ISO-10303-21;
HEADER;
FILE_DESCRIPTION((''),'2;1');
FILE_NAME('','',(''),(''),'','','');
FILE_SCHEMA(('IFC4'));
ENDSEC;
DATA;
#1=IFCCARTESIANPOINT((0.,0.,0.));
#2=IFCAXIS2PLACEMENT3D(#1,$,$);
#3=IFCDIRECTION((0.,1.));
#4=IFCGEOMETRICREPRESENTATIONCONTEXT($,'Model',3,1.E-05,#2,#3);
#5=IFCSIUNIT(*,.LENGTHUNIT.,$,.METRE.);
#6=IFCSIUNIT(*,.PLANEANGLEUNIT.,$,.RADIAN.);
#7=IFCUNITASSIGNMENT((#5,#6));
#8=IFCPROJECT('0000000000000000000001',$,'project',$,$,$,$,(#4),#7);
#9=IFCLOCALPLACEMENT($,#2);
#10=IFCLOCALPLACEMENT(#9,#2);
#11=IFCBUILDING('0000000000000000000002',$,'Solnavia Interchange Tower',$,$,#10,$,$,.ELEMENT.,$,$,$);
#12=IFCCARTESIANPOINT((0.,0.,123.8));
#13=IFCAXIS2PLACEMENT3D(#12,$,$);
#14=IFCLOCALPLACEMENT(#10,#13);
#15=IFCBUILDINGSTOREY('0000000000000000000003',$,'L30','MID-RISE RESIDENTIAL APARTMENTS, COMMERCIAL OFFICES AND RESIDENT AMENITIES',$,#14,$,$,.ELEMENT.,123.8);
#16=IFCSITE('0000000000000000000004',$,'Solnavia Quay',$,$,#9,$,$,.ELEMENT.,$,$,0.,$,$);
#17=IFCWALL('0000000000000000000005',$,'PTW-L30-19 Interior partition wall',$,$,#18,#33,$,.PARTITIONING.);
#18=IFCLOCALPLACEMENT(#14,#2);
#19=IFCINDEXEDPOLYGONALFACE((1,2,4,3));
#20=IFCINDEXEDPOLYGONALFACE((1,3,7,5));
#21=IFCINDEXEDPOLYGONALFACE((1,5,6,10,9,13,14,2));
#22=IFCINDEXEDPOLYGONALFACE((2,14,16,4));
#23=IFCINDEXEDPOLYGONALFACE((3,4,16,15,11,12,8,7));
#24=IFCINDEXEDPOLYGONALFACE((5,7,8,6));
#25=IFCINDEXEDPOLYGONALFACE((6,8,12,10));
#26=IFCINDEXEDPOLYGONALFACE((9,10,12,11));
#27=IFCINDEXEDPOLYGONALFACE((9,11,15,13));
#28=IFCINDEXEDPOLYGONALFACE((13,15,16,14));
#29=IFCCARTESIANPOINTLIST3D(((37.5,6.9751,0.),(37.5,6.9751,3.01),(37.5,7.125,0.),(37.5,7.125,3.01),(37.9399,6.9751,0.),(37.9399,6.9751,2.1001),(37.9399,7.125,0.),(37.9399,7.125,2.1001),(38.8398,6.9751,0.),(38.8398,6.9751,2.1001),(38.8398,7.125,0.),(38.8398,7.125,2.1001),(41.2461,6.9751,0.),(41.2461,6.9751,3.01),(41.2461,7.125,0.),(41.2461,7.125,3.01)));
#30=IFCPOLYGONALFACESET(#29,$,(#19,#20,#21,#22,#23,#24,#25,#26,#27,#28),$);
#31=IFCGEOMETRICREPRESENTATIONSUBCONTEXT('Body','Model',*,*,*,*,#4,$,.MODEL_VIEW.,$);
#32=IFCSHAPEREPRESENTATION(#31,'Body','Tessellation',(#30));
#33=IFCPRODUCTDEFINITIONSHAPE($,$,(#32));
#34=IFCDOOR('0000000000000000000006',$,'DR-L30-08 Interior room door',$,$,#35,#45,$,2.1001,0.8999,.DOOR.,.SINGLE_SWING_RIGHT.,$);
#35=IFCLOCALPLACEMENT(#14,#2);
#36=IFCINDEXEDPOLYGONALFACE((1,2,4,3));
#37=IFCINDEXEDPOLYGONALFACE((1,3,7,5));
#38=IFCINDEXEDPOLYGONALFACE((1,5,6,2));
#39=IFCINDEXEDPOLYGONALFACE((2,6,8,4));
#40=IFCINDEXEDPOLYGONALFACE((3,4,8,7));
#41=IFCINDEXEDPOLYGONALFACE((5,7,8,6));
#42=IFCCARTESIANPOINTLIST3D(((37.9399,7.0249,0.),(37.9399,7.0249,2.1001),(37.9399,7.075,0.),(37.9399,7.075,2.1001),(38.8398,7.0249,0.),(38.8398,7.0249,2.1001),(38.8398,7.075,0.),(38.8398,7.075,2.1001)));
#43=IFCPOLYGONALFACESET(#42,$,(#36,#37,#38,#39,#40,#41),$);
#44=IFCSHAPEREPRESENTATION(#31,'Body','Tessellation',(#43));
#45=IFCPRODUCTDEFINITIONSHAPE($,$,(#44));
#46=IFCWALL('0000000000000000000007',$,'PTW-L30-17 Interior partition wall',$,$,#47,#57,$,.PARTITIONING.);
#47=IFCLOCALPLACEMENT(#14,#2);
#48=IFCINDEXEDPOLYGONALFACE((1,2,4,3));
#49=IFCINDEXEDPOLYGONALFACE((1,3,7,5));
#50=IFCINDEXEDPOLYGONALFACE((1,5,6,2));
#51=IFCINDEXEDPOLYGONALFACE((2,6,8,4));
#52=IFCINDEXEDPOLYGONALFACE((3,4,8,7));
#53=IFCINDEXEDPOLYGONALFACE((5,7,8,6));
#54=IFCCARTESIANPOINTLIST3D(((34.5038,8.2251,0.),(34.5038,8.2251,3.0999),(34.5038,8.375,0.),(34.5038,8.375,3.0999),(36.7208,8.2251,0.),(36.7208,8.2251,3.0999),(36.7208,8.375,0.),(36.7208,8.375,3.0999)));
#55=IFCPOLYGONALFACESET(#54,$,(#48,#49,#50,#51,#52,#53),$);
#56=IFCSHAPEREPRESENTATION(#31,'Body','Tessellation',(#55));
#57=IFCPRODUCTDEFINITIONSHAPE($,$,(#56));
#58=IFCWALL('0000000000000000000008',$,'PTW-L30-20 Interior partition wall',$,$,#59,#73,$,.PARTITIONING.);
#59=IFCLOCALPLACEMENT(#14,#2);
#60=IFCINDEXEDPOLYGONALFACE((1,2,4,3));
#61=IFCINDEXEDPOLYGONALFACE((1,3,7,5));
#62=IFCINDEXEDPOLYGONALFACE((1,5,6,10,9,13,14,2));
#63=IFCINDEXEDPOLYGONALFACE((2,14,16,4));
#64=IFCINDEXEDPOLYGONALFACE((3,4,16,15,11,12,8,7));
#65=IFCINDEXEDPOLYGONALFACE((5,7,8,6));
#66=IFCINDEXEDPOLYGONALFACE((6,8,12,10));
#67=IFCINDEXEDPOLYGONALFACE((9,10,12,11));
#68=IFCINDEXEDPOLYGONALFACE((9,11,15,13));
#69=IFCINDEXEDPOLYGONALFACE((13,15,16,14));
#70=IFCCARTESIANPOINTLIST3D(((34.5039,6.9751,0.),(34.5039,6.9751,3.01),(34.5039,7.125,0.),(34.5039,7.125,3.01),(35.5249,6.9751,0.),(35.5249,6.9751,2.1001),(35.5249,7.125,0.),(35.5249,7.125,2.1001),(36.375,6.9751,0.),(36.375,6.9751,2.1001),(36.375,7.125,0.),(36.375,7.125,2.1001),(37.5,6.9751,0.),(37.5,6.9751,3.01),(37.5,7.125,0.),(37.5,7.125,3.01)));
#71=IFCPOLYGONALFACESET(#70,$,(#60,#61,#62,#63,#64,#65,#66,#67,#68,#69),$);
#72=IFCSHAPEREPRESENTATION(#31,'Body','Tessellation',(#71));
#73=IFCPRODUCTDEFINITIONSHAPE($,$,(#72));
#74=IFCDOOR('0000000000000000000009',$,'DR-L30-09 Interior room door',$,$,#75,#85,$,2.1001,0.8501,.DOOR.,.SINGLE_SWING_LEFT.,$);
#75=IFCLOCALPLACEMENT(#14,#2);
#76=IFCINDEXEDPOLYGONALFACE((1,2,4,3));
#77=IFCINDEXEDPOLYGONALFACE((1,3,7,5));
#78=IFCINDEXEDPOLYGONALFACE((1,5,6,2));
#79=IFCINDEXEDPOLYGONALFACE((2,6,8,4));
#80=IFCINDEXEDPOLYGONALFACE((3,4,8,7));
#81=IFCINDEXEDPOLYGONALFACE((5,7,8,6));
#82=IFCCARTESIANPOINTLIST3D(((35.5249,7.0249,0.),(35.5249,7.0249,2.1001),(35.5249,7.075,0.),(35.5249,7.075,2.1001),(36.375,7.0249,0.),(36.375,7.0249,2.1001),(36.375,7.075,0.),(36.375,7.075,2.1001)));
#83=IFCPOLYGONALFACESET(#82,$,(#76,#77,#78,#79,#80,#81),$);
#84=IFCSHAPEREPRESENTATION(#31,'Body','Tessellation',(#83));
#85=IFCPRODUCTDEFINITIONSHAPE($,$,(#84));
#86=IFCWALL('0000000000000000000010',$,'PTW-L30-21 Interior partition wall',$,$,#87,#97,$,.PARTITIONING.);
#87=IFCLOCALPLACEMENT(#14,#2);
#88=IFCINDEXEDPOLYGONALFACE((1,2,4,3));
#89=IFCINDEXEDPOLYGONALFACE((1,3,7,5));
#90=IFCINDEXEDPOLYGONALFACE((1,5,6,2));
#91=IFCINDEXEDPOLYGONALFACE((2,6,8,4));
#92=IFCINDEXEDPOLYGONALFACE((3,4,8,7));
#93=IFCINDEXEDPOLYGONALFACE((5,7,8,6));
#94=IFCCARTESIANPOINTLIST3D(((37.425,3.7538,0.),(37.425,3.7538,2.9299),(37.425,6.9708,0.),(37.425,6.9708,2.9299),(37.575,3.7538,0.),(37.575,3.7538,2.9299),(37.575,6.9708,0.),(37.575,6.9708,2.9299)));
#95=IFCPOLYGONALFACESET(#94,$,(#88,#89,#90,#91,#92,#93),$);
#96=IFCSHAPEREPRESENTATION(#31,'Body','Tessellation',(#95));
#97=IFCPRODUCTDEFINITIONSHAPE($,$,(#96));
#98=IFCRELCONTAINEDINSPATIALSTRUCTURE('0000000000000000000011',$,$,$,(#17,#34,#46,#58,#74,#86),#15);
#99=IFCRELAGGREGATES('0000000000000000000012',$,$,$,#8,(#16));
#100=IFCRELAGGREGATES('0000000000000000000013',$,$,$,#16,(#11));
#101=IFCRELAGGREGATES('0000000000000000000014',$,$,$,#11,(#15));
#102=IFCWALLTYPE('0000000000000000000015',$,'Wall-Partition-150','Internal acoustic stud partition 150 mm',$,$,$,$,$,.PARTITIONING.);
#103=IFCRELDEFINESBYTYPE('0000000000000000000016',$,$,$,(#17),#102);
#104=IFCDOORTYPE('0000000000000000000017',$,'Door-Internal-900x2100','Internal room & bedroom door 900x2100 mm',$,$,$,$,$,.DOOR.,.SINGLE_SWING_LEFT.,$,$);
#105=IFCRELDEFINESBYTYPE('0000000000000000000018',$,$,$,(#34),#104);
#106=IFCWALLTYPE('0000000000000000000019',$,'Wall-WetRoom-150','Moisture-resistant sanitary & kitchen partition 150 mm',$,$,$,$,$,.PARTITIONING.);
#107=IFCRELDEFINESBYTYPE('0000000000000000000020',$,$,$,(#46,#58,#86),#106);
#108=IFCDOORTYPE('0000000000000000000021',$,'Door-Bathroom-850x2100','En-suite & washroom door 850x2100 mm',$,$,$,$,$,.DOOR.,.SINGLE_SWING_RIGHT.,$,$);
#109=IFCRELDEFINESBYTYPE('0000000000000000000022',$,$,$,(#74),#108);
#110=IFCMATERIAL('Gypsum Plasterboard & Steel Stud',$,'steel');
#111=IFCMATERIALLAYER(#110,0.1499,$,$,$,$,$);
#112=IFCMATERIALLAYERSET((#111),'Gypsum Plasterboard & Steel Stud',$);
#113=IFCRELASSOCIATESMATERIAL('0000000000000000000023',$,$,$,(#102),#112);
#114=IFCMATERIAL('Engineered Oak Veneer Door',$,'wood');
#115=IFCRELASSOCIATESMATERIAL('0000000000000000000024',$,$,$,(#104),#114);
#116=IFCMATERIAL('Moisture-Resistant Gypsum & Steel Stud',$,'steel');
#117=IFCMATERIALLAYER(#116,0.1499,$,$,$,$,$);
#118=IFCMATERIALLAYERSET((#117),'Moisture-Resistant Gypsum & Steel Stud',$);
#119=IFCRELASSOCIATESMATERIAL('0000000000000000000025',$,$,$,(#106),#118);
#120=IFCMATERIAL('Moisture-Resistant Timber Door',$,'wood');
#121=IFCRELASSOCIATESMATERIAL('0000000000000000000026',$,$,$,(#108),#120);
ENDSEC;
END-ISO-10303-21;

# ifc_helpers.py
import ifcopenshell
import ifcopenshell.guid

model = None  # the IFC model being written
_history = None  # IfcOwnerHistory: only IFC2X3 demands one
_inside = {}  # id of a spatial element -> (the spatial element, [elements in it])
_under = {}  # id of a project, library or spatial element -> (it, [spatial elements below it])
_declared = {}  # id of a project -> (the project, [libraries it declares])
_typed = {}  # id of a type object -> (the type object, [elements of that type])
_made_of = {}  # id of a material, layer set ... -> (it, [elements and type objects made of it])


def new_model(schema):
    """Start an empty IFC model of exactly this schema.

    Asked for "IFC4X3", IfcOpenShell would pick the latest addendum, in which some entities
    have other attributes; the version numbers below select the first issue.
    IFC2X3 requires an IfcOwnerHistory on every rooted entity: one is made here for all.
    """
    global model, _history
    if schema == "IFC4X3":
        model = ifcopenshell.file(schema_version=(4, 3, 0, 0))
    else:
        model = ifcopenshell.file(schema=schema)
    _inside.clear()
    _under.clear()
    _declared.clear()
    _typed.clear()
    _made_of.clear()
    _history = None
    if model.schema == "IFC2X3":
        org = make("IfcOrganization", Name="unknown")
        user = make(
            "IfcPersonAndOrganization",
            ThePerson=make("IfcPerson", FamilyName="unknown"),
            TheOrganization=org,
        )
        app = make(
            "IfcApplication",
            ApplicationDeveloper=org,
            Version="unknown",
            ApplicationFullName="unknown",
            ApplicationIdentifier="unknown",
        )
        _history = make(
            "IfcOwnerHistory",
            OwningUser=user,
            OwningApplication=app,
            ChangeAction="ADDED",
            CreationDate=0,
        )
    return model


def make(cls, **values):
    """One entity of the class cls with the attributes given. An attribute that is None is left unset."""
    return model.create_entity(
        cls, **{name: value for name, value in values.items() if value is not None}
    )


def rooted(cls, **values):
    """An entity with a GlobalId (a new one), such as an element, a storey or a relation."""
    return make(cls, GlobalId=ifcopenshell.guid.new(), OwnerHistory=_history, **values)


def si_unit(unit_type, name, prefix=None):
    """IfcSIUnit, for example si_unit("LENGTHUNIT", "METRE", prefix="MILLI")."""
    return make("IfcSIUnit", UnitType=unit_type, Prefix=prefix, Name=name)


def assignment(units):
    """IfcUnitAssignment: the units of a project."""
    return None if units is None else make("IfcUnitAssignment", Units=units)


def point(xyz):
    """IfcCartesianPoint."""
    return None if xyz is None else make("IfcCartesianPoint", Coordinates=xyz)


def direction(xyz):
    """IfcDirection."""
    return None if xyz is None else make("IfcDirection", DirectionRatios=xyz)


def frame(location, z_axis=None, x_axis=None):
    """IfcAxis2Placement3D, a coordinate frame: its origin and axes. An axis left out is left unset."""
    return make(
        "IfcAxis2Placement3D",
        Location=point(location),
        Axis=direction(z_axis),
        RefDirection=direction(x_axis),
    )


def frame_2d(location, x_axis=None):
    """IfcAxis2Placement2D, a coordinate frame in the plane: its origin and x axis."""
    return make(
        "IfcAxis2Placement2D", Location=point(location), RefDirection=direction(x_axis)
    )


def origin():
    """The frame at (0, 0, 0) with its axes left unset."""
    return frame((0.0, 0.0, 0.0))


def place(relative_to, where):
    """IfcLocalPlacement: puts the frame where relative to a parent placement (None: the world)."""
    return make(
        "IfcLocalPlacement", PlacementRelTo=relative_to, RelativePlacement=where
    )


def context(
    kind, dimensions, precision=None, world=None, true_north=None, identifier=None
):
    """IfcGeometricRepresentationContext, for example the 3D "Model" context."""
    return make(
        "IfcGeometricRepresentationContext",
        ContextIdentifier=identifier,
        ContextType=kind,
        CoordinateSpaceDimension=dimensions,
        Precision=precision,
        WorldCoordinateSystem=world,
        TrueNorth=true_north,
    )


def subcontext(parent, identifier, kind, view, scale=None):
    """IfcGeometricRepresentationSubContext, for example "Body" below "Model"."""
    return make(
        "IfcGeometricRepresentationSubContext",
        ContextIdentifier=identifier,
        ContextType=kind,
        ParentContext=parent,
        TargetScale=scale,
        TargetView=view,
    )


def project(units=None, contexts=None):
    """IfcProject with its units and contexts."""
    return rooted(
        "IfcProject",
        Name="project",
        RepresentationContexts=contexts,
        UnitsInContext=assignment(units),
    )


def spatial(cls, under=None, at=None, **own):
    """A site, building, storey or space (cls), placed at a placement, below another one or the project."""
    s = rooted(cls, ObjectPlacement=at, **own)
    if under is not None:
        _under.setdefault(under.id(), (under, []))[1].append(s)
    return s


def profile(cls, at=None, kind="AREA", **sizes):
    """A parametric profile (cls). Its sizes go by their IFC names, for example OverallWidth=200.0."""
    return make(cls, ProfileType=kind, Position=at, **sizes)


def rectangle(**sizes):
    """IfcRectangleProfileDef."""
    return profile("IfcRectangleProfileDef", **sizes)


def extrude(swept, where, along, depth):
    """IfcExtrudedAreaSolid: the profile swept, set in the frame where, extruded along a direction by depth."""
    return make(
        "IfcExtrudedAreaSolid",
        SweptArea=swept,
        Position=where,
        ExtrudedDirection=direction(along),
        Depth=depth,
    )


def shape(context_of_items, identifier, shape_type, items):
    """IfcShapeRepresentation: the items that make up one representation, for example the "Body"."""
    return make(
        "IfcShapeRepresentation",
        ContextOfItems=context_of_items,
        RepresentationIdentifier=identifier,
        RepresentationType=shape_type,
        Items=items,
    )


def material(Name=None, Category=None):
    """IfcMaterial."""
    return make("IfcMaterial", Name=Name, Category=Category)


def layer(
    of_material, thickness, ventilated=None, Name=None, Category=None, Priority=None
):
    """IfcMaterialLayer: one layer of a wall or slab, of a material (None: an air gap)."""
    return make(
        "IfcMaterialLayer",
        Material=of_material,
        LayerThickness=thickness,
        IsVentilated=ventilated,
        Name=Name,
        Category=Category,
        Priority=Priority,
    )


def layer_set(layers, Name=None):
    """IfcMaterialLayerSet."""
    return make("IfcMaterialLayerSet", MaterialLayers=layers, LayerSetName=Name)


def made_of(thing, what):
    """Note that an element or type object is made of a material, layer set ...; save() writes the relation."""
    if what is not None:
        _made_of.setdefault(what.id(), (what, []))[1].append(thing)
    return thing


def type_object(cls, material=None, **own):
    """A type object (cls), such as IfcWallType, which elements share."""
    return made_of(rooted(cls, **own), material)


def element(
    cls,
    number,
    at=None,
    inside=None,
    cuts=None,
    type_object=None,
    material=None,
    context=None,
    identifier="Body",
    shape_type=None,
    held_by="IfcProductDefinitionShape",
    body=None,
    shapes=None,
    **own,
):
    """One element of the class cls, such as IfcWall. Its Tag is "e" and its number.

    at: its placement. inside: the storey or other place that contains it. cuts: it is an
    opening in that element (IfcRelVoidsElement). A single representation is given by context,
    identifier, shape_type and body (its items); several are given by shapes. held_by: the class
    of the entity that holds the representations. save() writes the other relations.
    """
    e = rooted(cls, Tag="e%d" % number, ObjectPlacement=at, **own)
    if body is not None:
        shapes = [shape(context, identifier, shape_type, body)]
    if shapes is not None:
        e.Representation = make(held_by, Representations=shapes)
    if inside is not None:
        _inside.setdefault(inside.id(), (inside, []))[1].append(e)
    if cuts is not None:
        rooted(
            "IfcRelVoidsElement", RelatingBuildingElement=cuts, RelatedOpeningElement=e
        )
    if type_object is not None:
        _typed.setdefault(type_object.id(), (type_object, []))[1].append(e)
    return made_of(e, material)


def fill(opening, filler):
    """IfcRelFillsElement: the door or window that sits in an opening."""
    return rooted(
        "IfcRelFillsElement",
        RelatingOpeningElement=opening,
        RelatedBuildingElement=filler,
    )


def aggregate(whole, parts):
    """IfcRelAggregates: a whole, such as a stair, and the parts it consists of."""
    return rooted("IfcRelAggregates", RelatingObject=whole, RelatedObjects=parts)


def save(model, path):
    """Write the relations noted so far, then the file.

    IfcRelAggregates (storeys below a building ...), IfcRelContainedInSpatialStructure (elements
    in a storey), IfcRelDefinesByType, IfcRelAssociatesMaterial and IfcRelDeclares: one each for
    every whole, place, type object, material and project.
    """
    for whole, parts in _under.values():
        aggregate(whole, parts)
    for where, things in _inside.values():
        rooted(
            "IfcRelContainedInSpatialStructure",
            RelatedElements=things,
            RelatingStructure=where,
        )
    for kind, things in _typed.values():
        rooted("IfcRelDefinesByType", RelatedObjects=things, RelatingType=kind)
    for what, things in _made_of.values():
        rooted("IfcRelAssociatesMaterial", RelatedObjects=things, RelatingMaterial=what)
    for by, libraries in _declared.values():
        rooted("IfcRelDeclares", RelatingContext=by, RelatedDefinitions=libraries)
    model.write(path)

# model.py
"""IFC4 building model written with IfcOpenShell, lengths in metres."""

from ifc_helpers import new_model, si_unit, direction, frame, frame_2d, origin, place, context, subcontext, project, spatial, rectangle, extrude, material, layer, layer_set, type_object, element, fill, save


model = new_model("IFC4")

# Units and contexts
model_context = context("Model", 3, precision=1e-05, world=origin(), true_north=direction((0.0, 1.0)))
body_context = subcontext(model_context, "Body", "Model", "MODEL_VIEW")
ifc_project = project(units=[si_unit("LENGTHUNIT", "METRE"), si_unit("PLANEANGLEUNIT", "RADIAN")], contexts=[model_context])

# Site, building, storey
site_placement = place(None, origin())
site = spatial("IfcSite", under=ifc_project, at=site_placement, Name="Solnavia Quay", CompositionType="ELEMENT", RefElevation=0.0)
building_placement = place(site_placement, origin())
building = spatial("IfcBuilding", under=site, at=building_placement, Name="Solnavia Interchange Tower", CompositionType="ELEMENT")
storey_placement = place(building_placement, frame((0.0, 0.0, 123.8)))
storey = spatial("IfcBuildingStorey", under=building, at=storey_placement, Name="L30", Description="MID-RISE RESIDENTIAL APARTMENTS, COMMERCIAL OFFICES AND RESIDENT AMENITIES", CompositionType="ELEMENT", Elevation=123.8)

# Wall, opening, door
ifc_material_1 = material(Name="Gypsum Plasterboard & Steel Stud", Category="steel")
ifc_layer_1 = layer(ifc_material_1, 0.1499)
ifc_layer_set_1 = layer_set([ifc_layer_1], Name="Gypsum Plasterboard & Steel Stud")
wall_type_1 = type_object("IfcWallType", Name="Wall-Partition-150", Description="Internal acoustic stud partition 150 mm", PredefinedType="PARTITIONING", material=ifc_layer_set_1)
wall_1_placement = place(storey_placement, frame((37.5, 7.05, 0.0), z_axis=(0.0, 0.0, 1.0), x_axis=(1.0, 0.0, 0.0)))
wall_1 = element("IfcWall", 1, at=wall_1_placement, inside=storey, type_object=wall_type_1, Name="PTW-L30-19 Interior partition wall", PredefinedType="PARTITIONING", context=body_context, shape_type="SweptSolid", body=[
    extrude(rectangle(XDim=3.7461, YDim=0.1499, at=frame_2d((1.873, 0.0))), origin(), (0.0, 0.0, 1.0), 3.01),
])
opening_1_placement = place(wall_1_placement, frame((0.4399, 0.0, 0.0)))
opening_1 = element("IfcOpeningElement", 2, at=opening_1_placement, cuts=wall_1, PredefinedType="OPENING", context=body_context, shape_type="SweptSolid", body=[
    extrude(rectangle(XDim=0.8999, YDim=2.1001, at=frame_2d((0.45, 1.05))), frame((0.0, 0.085, 0.0), z_axis=(0.0, -1.0, 0.0), x_axis=(1.0, 0.0, 0.0)), (0.0, 0.0, 1.0), 0.1699),
])
ifc_material_2 = material(Name="Engineered Oak Veneer Door", Category="wood")
door_type_1 = type_object("IfcDoorType", Name="Door-Internal-900x2100", Description="Internal room & bedroom door 900x2100 mm", OperationType="SINGLE_SWING_LEFT", PredefinedType="DOOR", material=ifc_material_2)
door_1_placement = place(opening_1_placement, origin())
door_1 = element("IfcDoor", 3, at=door_1_placement, inside=storey, type_object=door_type_1, Name="DR-L30-08 Interior room door", OperationType="SINGLE_SWING_RIGHT", OverallHeight=2.1001, OverallWidth=0.8999, PredefinedType="DOOR", context=body_context, shape_type="SweptSolid", body=[
    extrude(rectangle(XDim=0.8999, YDim=2.1001, at=frame_2d((0.45, 1.05))), frame((0.0, 0.0249, 0.0), z_axis=(0.0, -1.0, 0.0), x_axis=(1.0, 0.0, 0.0)), (0.0, 0.0, 1.0), 0.05),
])
fill(opening_1, door_1)

# Wall
ifc_material_3 = material(Name="Moisture-Resistant Gypsum & Steel Stud", Category="steel")
ifc_layer_2 = layer(ifc_material_3, 0.1499)
ifc_layer_set_2 = layer_set([ifc_layer_2], Name="Moisture-Resistant Gypsum & Steel Stud")
wall_type_2 = type_object("IfcWallType", Name="Wall-WetRoom-150", Description="Moisture-resistant sanitary & kitchen partition 150 mm", PredefinedType="PARTITIONING", material=ifc_layer_set_2)
wall_2_placement = place(storey_placement, frame((34.5039, 8.3, 0.0), z_axis=(0.0, 0.0, 1.0), x_axis=(1.0, 0.0, 0.0)))
element("IfcWall", 4, at=wall_2_placement, inside=storey, type_object=wall_type_2, Name="PTW-L30-17 Interior partition wall", PredefinedType="PARTITIONING", context=body_context, shape_type="SweptSolid", body=[
    extrude(rectangle(XDim=2.217, YDim=0.1499, at=frame_2d((1.1084, 0.0))), origin(), (0.0, 0.0, 1.0), 3.0999),
])

# Wall, opening, door
wall_3_placement = place(storey_placement, frame((34.5039, 7.05, 0.0), z_axis=(0.0, 0.0, 1.0), x_axis=(1.0, 0.0, 0.0)))
wall_3 = element("IfcWall", 5, at=wall_3_placement, inside=storey, type_object=wall_type_2, Name="PTW-L30-20 Interior partition wall", PredefinedType="PARTITIONING", context=body_context, shape_type="SweptSolid", body=[
    extrude(rectangle(XDim=2.9961, YDim=0.1499, at=frame_2d((1.498, 0.0))), origin(), (0.0, 0.0, 1.0), 3.01),
])
opening_2_placement = place(wall_3_placement, frame((1.021, 0.0, 0.0)))
opening_2 = element("IfcOpeningElement", 6, at=opening_2_placement, cuts=wall_3, PredefinedType="OPENING", context=body_context, shape_type="SweptSolid", body=[
    extrude(rectangle(XDim=0.8501, YDim=2.1001, at=frame_2d((0.425, 1.05))), frame((0.0, 0.085, 0.0), z_axis=(0.0, -1.0, 0.0), x_axis=(1.0, 0.0, 0.0)), (0.0, 0.0, 1.0), 0.1699),
])
ifc_material_4 = material(Name="Moisture-Resistant Timber Door", Category="wood")
door_type_2 = type_object("IfcDoorType", Name="Door-Bathroom-850x2100", Description="En-suite & washroom door 850x2100 mm", OperationType="SINGLE_SWING_RIGHT", PredefinedType="DOOR", material=ifc_material_4)
door_2_placement = place(opening_2_placement, origin())
door_2 = element("IfcDoor", 7, at=door_2_placement, inside=storey, type_object=door_type_2, Name="DR-L30-09 Interior room door", OperationType="SINGLE_SWING_LEFT", OverallHeight=2.1001, OverallWidth=0.8501, PredefinedType="DOOR", context=body_context, shape_type="SweptSolid", body=[
    extrude(rectangle(XDim=0.8501, YDim=2.1001, at=frame_2d((0.425, 1.05))), frame((0.0, 0.0249, 0.0), z_axis=(0.0, -1.0, 0.0), x_axis=(1.0, 0.0, 0.0)), (0.0, 0.0, 1.0), 0.05),
])
fill(opening_2, door_2)

# Wall
wall_4_placement = place(storey_placement, frame((37.5, 3.7539, 0.0), z_axis=(0.0, 0.0, 1.0), x_axis=(0.0, 1.0, 0.0)))
element("IfcWall", 8, at=wall_4_placement, inside=storey, type_object=wall_type_2, Name="PTW-L30-21 Interior partition wall", PredefinedType="PARTITIONING", context=body_context, shape_type="SweptSolid", body=[
    extrude(rectangle(XDim=3.217, YDim=0.1499, at=frame_2d((1.6084, 0.0))), origin(), (0.0, 0.0, 1.0), 2.9299),
])

save(model, "model.ifc")
